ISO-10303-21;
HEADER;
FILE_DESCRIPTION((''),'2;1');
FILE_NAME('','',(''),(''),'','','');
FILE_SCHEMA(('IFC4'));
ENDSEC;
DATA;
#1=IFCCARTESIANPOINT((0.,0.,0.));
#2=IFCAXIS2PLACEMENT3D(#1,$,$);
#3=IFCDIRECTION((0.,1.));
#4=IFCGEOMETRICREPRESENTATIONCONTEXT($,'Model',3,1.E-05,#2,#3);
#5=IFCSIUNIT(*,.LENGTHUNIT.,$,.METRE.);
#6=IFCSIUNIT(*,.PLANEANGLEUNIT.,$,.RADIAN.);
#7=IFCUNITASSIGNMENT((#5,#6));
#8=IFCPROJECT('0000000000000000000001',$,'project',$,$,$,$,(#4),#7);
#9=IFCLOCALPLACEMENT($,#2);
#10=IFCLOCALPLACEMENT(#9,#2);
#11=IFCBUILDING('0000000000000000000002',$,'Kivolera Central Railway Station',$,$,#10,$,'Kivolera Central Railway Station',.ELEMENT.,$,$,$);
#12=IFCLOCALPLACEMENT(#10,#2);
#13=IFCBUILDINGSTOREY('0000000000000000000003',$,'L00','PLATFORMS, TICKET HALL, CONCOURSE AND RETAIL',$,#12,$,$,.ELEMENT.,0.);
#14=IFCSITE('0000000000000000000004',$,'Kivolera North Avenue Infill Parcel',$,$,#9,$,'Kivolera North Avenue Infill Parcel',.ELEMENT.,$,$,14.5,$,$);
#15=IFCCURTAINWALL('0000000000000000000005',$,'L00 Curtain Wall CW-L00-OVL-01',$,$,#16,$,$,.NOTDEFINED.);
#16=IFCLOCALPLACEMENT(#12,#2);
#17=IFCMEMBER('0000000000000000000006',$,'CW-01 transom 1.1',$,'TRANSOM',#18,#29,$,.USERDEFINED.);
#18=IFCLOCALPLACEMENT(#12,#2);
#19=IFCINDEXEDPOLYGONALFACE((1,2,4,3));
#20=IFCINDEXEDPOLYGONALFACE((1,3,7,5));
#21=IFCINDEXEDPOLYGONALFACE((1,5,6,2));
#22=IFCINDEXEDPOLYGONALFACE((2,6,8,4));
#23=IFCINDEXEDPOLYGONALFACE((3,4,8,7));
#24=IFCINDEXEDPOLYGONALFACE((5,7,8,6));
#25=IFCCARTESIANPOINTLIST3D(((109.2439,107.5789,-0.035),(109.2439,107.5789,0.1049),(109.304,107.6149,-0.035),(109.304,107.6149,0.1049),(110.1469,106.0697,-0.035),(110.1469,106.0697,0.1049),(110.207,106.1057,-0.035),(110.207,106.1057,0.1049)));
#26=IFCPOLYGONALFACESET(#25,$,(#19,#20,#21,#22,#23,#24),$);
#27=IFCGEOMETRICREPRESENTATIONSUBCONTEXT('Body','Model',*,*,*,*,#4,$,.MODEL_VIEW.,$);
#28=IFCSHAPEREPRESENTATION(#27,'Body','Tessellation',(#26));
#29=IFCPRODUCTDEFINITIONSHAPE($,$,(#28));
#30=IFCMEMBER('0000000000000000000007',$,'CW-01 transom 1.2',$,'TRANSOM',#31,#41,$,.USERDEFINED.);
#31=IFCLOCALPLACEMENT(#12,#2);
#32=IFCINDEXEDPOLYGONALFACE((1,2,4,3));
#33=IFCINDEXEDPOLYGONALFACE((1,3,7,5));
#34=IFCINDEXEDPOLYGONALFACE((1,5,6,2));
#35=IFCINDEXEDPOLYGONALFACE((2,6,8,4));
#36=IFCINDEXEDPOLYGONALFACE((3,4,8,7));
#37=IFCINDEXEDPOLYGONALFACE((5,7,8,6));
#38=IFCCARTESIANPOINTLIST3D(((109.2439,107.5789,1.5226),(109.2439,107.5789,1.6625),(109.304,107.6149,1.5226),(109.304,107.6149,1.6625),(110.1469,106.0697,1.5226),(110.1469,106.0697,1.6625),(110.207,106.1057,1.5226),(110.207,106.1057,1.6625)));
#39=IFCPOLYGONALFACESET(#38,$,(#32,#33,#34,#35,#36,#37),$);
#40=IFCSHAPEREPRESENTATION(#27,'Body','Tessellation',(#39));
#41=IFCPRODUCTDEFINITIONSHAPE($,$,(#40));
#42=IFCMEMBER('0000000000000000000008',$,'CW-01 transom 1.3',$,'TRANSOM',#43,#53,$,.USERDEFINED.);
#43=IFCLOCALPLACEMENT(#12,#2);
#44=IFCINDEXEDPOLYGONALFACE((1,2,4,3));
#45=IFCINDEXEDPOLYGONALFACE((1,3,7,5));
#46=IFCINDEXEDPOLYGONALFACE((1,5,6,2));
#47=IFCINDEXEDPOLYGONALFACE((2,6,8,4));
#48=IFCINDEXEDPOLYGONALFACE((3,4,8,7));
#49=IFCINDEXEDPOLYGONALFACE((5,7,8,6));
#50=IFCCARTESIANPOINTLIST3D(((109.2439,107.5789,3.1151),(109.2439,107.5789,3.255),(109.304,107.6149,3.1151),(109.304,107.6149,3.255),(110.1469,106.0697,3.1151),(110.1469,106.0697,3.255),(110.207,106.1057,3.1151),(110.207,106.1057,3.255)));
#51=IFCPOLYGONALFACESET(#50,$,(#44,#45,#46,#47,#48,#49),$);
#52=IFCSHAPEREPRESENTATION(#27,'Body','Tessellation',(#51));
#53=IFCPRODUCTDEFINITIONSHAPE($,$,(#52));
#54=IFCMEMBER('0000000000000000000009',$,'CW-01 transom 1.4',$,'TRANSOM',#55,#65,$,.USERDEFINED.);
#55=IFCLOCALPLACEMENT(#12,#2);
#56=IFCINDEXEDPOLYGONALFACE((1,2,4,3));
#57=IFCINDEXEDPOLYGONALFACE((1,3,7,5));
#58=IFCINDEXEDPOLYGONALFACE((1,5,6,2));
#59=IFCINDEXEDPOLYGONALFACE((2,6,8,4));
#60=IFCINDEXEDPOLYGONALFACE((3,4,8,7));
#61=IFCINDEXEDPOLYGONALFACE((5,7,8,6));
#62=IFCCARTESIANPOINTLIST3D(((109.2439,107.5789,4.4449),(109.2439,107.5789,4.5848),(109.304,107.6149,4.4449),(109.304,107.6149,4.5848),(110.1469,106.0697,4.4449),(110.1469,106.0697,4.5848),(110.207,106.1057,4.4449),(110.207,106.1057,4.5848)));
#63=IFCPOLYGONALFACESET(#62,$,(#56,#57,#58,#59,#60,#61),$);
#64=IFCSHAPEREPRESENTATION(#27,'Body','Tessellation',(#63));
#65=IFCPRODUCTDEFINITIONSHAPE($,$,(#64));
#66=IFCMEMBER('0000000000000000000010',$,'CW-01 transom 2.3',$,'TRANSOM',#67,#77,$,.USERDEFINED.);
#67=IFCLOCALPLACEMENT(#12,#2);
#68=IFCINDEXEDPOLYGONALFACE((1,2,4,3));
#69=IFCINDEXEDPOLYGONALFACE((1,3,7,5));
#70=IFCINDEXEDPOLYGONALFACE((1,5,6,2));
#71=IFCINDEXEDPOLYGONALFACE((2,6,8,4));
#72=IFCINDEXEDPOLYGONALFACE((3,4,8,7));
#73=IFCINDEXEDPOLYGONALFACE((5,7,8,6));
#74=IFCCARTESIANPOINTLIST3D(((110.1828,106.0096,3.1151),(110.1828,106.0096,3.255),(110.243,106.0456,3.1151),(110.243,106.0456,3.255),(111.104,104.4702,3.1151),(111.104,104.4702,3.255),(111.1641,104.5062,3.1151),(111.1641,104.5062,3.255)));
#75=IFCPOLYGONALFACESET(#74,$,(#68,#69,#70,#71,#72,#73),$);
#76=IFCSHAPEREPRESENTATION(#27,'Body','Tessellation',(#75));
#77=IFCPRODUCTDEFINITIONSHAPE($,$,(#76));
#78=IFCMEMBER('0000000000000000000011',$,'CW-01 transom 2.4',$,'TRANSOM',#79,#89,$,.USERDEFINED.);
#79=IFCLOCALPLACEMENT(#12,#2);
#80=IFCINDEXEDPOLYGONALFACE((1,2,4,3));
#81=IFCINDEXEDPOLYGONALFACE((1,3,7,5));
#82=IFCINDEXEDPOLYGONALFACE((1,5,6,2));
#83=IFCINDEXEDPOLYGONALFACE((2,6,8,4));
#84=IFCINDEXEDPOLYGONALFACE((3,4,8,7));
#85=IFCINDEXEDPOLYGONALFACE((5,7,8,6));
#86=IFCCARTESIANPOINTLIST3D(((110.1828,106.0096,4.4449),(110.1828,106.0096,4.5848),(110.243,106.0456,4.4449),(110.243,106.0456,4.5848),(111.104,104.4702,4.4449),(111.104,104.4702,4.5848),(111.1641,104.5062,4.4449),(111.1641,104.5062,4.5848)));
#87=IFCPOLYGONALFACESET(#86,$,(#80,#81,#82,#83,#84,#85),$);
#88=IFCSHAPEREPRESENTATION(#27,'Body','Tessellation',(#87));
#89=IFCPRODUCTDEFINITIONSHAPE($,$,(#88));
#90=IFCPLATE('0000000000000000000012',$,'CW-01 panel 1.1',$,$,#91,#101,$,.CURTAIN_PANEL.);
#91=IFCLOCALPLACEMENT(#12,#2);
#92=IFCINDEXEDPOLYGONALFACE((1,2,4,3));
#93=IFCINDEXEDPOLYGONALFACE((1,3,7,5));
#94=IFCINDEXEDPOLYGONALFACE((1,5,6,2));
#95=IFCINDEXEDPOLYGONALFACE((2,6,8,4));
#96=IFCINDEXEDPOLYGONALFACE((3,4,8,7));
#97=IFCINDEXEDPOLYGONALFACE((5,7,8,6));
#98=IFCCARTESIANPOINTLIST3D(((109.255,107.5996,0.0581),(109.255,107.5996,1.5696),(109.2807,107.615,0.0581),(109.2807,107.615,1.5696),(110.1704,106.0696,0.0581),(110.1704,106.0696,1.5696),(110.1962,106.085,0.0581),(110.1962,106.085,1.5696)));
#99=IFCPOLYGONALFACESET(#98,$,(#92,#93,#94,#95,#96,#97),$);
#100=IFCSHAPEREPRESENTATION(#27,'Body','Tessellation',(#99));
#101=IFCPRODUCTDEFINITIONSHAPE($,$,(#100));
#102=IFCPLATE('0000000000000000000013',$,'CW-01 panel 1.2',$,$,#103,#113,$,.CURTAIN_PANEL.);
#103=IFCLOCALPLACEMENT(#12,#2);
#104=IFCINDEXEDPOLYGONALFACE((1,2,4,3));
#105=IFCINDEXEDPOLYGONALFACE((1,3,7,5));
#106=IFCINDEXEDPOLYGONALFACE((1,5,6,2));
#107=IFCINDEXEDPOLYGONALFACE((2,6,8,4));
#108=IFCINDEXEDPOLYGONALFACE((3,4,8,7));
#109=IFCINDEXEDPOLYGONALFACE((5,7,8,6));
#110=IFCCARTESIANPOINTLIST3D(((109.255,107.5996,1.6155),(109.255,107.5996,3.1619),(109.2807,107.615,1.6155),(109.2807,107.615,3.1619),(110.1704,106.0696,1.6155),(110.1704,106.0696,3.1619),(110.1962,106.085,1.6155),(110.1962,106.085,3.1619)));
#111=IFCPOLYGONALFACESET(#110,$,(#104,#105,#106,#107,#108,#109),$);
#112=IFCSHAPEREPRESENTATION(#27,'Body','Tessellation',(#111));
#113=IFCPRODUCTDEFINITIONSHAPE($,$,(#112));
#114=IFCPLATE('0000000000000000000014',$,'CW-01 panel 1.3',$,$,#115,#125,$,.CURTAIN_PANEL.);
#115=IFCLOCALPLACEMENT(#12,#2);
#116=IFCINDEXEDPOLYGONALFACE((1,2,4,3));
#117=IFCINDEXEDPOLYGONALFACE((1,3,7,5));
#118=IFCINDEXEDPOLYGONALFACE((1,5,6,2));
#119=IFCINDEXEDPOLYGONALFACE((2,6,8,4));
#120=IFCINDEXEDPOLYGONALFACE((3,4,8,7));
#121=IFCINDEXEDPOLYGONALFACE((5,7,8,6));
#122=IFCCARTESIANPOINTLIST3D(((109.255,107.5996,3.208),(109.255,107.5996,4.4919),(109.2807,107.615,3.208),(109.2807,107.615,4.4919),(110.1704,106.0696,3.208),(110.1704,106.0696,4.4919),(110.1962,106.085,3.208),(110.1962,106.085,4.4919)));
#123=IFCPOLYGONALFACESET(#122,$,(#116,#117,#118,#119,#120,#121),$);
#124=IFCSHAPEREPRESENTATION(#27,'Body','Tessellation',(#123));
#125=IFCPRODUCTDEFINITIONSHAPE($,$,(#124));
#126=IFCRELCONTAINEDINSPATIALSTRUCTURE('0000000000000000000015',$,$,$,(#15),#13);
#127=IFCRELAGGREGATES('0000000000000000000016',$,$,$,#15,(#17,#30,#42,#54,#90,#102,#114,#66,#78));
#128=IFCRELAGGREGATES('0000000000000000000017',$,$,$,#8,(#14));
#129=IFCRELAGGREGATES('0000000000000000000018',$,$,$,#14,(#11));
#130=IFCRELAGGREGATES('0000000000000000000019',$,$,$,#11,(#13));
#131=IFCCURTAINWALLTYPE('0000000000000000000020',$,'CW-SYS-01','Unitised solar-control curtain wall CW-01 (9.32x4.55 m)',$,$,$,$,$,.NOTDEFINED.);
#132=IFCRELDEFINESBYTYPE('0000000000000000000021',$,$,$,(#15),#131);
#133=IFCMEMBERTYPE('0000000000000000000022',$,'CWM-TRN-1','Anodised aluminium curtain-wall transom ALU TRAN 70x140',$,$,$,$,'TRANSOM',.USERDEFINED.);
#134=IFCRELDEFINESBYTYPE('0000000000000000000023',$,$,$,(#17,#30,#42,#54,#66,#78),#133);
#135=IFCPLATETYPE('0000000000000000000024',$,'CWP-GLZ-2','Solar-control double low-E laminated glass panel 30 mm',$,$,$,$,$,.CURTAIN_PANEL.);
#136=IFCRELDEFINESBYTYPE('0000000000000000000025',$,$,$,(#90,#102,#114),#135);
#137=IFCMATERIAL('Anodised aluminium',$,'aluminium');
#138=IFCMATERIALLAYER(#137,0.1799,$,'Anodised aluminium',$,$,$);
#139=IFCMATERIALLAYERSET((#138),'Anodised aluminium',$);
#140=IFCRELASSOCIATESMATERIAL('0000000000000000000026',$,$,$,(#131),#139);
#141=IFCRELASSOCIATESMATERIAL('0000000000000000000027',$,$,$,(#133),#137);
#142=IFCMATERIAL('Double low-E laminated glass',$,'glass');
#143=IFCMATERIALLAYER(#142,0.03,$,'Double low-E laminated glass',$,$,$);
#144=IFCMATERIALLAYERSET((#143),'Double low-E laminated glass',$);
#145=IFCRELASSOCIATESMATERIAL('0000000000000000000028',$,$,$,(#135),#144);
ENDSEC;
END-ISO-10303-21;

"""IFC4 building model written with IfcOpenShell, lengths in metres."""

from ifc_helpers import new_model, si_unit, direction, frame, origin, origin_2d, place, context, subcontext, project, spatial, rectangle, extrude, material, layer, layer_set, material_profile, profile_set, type_object, element, aggregate, save


model = new_model("IFC4")

# Units and contexts
model_context = context("Model", 3, precision=1e-05, world=origin(), true_north=direction((0.0, 1.0)))
body_context = subcontext(model_context, "Body", "Model", "MODEL_VIEW")
ifc_project = project(units=[si_unit("LENGTHUNIT", "METRE"), si_unit("PLANEANGLEUNIT", "RADIAN")], contexts=[model_context])

# Site, building, storey
site_placement = place(None, origin())
site = spatial("IfcSite", under=ifc_project, at=site_placement, Name="Kivolera North Avenue Infill Parcel", LongName="Kivolera North Avenue Infill Parcel", CompositionType="ELEMENT", RefElevation=14.5)
building_placement = place(site_placement, origin())
building = spatial("IfcBuilding", under=site, at=building_placement, Name="Kivolera Central Railway Station", LongName="Kivolera Central Railway Station", CompositionType="ELEMENT")
storey_placement = place(building_placement, origin())
storey = spatial("IfcBuildingStorey", under=building, at=storey_placement, Name="L00", Description="PLATFORMS, TICKET HALL, CONCOURSE AND RETAIL", CompositionType="ELEMENT", Elevation=0.0)

# Curtain wall
ifc_material_1 = material(Name="Anodised aluminium", Category="aluminium")
ifc_layer_1 = layer(ifc_material_1, 0.1799, Name="Anodised aluminium")
ifc_layer_set_1 = layer_set([ifc_layer_1], Name="Anodised aluminium")
curtain_wall_type_1 = type_object("IfcCurtainWallType", Name="CW-SYS-01", Description="Unitised solar-control curtain wall CW-01 (9.32x4.55 m)", PredefinedType="NOTDEFINED", material=ifc_layer_set_1)
curtain_wall_1_placement = place(storey_placement, origin())
curtain_wall_1 = element("IfcCurtainWall", 1, at=curtain_wall_1_placement, inside=storey, type_object=curtain_wall_type_1, Name="L00 Curtain Wall CW-L00-OVL-01", PredefinedType="NOTDEFINED")

# Members
ifc_material_profile_1 = material_profile(ifc_material_1, rectangle(XDim=0.0701, YDim=0.1399, at=origin_2d()), Name="ALU TRAN 70x140")
ifc_profile_set_1 = profile_set([ifc_material_profile_1], Name="Anodised aluminium")
member_type_1 = type_object("IfcMemberType", Name="CWM-TRN-1", Description="Anodised aluminium curtain-wall transom ALU TRAN 70x140", ElementType="TRANSOM", PredefinedType="USERDEFINED", material=ifc_profile_set_1)
member_1_placement = place(storey_placement, frame((109.2739, 107.5969, 0.0349), z_axis=(0.513454, -0.858117, 0.0), x_axis=(0.858117, 0.513454, 0.0)))
member_1 = element("IfcMember", 2, at=member_1_placement, type_object=member_type_1, Name="CW-01 transom 1.1", ObjectType="TRANSOM", PredefinedType="USERDEFINED", context=body_context, shape_type="SweptSolid", body=[
    extrude(rectangle(XDim=0.0701, YDim=0.1399, at=origin_2d()), origin(), (0.0, 0.0, 1.0), 1.7588),
])
member_2_placement = place(storey_placement, frame((109.2739, 107.5969, 1.5925), z_axis=(0.513454, -0.858117, 0.0), x_axis=(0.858117, 0.513454, 0.0)))
member_2 = element("IfcMember", 3, at=member_2_placement, type_object=member_type_1, Name="CW-01 transom 1.2", ObjectType="TRANSOM", PredefinedType="USERDEFINED", context=body_context, shape_type="SweptSolid", body=[
    extrude(rectangle(XDim=0.0701, YDim=0.1399, at=origin_2d()), origin(), (0.0, 0.0, 1.0), 1.7588),
])
member_3_placement = place(storey_placement, frame((109.2739, 107.5969, 3.1851), z_axis=(0.513454, -0.858117, 0.0), x_axis=(0.858117, 0.513454, 0.0)))
member_3 = element("IfcMember", 4, at=member_3_placement, type_object=member_type_1, Name="CW-01 transom 1.3", ObjectType="TRANSOM", PredefinedType="USERDEFINED", context=body_context, shape_type="SweptSolid", body=[
    extrude(rectangle(XDim=0.0701, YDim=0.1399, at=origin_2d()), origin(), (0.0, 0.0, 1.0), 1.7588),
])
member_4_placement = place(storey_placement, frame((109.2739, 107.5969, 4.5149), z_axis=(0.513454, -0.858117, 0.0), x_axis=(0.858117, 0.513454, 0.0)))
member_4 = element("IfcMember", 5, at=member_4_placement, type_object=member_type_1, Name="CW-01 transom 1.4", ObjectType="TRANSOM", PredefinedType="USERDEFINED", context=body_context, shape_type="SweptSolid", body=[
    extrude(rectangle(XDim=0.0701, YDim=0.1399, at=origin_2d()), origin(), (0.0, 0.0, 1.0), 1.7588),
])
member_5_placement = place(storey_placement, frame((110.2129, 106.0276, 3.1851), z_axis=(0.513495, -0.858093, 0.0), x_axis=(0.858093, 0.513495, 0.0)))
member_5 = element("IfcMember", 6, at=member_5_placement, type_object=member_type_1, Name="CW-01 transom 2.3", ObjectType="TRANSOM", PredefinedType="USERDEFINED", context=body_context, shape_type="SweptSolid", body=[
    extrude(rectangle(XDim=0.0701, YDim=0.1399, at=origin_2d()), origin(), (0.0, 0.0, 1.0), 1.7939),
])
member_6_placement = place(storey_placement, frame((110.2129, 106.0276, 4.5149), z_axis=(0.513495, -0.858093, 0.0), x_axis=(0.858093, 0.513495, 0.0)))
member_6 = element("IfcMember", 7, at=member_6_placement, type_object=member_type_1, Name="CW-01 transom 2.4", ObjectType="TRANSOM", PredefinedType="USERDEFINED", context=body_context, shape_type="SweptSolid", body=[
    extrude(rectangle(XDim=0.0701, YDim=0.1399, at=origin_2d()), origin(), (0.0, 0.0, 1.0), 1.7939),
])

# Plates
ifc_material_2 = material(Name="Double low-E laminated glass", Category="glass")
ifc_layer_2 = layer(ifc_material_2, 0.03, Name="Double low-E laminated glass")
ifc_layer_set_2 = layer_set([ifc_layer_2], Name="Double low-E laminated glass")
plate_type = type_object("IfcPlateType", Name="CWP-GLZ-2", Description="Solar-control double low-E laminated glass panel 30 mm", PredefinedType="CURTAIN_PANEL", material=ifc_layer_set_2)
plate_1_placement = place(storey_placement, frame((109.7256, 106.8423, 0.0581), z_axis=(0.0, 0.0, 1.0), x_axis=(0.513454, -0.858117, 0.0)))
plate_1 = element("IfcPlate", 8, at=plate_1_placement, type_object=plate_type, Name="CW-01 panel 1.1", PredefinedType="CURTAIN_PANEL", context=body_context, shape_type="SweptSolid", body=[
    extrude(rectangle(XDim=1.783, YDim=0.03, at=origin_2d()), origin(), (0.0, 0.0, 1.0), 1.5115),
])
plate_2_placement = place(storey_placement, frame((109.7256, 106.8423, 1.6155), z_axis=(0.0, 0.0, 1.0), x_axis=(0.513454, -0.858117, 0.0)))
plate_2 = element("IfcPlate", 9, at=plate_2_placement, type_object=plate_type, Name="CW-01 panel 1.2", PredefinedType="CURTAIN_PANEL", context=body_context, shape_type="SweptSolid", body=[
    extrude(rectangle(XDim=1.783, YDim=0.03, at=origin_2d()), origin(), (0.0, 0.0, 1.0), 1.5464),
])
plate_3_placement = place(storey_placement, frame((109.7256, 106.8423, 3.208), z_axis=(0.0, 0.0, 1.0), x_axis=(0.513454, -0.858117, 0.0)))
plate_3 = element("IfcPlate", 10, at=plate_3_placement, type_object=plate_type, Name="CW-01 panel 1.3", PredefinedType="CURTAIN_PANEL", context=body_context, shape_type="SweptSolid", body=[
    extrude(rectangle(XDim=1.783, YDim=0.03, at=origin_2d()), origin(), (0.0, 0.0, 1.0), 1.2839),
])
aggregate(curtain_wall_1, [member_1, member_2, member_3, member_4, plate_1, plate_2, plate_3, member_5, member_6])

save(model, "model.ifc")
